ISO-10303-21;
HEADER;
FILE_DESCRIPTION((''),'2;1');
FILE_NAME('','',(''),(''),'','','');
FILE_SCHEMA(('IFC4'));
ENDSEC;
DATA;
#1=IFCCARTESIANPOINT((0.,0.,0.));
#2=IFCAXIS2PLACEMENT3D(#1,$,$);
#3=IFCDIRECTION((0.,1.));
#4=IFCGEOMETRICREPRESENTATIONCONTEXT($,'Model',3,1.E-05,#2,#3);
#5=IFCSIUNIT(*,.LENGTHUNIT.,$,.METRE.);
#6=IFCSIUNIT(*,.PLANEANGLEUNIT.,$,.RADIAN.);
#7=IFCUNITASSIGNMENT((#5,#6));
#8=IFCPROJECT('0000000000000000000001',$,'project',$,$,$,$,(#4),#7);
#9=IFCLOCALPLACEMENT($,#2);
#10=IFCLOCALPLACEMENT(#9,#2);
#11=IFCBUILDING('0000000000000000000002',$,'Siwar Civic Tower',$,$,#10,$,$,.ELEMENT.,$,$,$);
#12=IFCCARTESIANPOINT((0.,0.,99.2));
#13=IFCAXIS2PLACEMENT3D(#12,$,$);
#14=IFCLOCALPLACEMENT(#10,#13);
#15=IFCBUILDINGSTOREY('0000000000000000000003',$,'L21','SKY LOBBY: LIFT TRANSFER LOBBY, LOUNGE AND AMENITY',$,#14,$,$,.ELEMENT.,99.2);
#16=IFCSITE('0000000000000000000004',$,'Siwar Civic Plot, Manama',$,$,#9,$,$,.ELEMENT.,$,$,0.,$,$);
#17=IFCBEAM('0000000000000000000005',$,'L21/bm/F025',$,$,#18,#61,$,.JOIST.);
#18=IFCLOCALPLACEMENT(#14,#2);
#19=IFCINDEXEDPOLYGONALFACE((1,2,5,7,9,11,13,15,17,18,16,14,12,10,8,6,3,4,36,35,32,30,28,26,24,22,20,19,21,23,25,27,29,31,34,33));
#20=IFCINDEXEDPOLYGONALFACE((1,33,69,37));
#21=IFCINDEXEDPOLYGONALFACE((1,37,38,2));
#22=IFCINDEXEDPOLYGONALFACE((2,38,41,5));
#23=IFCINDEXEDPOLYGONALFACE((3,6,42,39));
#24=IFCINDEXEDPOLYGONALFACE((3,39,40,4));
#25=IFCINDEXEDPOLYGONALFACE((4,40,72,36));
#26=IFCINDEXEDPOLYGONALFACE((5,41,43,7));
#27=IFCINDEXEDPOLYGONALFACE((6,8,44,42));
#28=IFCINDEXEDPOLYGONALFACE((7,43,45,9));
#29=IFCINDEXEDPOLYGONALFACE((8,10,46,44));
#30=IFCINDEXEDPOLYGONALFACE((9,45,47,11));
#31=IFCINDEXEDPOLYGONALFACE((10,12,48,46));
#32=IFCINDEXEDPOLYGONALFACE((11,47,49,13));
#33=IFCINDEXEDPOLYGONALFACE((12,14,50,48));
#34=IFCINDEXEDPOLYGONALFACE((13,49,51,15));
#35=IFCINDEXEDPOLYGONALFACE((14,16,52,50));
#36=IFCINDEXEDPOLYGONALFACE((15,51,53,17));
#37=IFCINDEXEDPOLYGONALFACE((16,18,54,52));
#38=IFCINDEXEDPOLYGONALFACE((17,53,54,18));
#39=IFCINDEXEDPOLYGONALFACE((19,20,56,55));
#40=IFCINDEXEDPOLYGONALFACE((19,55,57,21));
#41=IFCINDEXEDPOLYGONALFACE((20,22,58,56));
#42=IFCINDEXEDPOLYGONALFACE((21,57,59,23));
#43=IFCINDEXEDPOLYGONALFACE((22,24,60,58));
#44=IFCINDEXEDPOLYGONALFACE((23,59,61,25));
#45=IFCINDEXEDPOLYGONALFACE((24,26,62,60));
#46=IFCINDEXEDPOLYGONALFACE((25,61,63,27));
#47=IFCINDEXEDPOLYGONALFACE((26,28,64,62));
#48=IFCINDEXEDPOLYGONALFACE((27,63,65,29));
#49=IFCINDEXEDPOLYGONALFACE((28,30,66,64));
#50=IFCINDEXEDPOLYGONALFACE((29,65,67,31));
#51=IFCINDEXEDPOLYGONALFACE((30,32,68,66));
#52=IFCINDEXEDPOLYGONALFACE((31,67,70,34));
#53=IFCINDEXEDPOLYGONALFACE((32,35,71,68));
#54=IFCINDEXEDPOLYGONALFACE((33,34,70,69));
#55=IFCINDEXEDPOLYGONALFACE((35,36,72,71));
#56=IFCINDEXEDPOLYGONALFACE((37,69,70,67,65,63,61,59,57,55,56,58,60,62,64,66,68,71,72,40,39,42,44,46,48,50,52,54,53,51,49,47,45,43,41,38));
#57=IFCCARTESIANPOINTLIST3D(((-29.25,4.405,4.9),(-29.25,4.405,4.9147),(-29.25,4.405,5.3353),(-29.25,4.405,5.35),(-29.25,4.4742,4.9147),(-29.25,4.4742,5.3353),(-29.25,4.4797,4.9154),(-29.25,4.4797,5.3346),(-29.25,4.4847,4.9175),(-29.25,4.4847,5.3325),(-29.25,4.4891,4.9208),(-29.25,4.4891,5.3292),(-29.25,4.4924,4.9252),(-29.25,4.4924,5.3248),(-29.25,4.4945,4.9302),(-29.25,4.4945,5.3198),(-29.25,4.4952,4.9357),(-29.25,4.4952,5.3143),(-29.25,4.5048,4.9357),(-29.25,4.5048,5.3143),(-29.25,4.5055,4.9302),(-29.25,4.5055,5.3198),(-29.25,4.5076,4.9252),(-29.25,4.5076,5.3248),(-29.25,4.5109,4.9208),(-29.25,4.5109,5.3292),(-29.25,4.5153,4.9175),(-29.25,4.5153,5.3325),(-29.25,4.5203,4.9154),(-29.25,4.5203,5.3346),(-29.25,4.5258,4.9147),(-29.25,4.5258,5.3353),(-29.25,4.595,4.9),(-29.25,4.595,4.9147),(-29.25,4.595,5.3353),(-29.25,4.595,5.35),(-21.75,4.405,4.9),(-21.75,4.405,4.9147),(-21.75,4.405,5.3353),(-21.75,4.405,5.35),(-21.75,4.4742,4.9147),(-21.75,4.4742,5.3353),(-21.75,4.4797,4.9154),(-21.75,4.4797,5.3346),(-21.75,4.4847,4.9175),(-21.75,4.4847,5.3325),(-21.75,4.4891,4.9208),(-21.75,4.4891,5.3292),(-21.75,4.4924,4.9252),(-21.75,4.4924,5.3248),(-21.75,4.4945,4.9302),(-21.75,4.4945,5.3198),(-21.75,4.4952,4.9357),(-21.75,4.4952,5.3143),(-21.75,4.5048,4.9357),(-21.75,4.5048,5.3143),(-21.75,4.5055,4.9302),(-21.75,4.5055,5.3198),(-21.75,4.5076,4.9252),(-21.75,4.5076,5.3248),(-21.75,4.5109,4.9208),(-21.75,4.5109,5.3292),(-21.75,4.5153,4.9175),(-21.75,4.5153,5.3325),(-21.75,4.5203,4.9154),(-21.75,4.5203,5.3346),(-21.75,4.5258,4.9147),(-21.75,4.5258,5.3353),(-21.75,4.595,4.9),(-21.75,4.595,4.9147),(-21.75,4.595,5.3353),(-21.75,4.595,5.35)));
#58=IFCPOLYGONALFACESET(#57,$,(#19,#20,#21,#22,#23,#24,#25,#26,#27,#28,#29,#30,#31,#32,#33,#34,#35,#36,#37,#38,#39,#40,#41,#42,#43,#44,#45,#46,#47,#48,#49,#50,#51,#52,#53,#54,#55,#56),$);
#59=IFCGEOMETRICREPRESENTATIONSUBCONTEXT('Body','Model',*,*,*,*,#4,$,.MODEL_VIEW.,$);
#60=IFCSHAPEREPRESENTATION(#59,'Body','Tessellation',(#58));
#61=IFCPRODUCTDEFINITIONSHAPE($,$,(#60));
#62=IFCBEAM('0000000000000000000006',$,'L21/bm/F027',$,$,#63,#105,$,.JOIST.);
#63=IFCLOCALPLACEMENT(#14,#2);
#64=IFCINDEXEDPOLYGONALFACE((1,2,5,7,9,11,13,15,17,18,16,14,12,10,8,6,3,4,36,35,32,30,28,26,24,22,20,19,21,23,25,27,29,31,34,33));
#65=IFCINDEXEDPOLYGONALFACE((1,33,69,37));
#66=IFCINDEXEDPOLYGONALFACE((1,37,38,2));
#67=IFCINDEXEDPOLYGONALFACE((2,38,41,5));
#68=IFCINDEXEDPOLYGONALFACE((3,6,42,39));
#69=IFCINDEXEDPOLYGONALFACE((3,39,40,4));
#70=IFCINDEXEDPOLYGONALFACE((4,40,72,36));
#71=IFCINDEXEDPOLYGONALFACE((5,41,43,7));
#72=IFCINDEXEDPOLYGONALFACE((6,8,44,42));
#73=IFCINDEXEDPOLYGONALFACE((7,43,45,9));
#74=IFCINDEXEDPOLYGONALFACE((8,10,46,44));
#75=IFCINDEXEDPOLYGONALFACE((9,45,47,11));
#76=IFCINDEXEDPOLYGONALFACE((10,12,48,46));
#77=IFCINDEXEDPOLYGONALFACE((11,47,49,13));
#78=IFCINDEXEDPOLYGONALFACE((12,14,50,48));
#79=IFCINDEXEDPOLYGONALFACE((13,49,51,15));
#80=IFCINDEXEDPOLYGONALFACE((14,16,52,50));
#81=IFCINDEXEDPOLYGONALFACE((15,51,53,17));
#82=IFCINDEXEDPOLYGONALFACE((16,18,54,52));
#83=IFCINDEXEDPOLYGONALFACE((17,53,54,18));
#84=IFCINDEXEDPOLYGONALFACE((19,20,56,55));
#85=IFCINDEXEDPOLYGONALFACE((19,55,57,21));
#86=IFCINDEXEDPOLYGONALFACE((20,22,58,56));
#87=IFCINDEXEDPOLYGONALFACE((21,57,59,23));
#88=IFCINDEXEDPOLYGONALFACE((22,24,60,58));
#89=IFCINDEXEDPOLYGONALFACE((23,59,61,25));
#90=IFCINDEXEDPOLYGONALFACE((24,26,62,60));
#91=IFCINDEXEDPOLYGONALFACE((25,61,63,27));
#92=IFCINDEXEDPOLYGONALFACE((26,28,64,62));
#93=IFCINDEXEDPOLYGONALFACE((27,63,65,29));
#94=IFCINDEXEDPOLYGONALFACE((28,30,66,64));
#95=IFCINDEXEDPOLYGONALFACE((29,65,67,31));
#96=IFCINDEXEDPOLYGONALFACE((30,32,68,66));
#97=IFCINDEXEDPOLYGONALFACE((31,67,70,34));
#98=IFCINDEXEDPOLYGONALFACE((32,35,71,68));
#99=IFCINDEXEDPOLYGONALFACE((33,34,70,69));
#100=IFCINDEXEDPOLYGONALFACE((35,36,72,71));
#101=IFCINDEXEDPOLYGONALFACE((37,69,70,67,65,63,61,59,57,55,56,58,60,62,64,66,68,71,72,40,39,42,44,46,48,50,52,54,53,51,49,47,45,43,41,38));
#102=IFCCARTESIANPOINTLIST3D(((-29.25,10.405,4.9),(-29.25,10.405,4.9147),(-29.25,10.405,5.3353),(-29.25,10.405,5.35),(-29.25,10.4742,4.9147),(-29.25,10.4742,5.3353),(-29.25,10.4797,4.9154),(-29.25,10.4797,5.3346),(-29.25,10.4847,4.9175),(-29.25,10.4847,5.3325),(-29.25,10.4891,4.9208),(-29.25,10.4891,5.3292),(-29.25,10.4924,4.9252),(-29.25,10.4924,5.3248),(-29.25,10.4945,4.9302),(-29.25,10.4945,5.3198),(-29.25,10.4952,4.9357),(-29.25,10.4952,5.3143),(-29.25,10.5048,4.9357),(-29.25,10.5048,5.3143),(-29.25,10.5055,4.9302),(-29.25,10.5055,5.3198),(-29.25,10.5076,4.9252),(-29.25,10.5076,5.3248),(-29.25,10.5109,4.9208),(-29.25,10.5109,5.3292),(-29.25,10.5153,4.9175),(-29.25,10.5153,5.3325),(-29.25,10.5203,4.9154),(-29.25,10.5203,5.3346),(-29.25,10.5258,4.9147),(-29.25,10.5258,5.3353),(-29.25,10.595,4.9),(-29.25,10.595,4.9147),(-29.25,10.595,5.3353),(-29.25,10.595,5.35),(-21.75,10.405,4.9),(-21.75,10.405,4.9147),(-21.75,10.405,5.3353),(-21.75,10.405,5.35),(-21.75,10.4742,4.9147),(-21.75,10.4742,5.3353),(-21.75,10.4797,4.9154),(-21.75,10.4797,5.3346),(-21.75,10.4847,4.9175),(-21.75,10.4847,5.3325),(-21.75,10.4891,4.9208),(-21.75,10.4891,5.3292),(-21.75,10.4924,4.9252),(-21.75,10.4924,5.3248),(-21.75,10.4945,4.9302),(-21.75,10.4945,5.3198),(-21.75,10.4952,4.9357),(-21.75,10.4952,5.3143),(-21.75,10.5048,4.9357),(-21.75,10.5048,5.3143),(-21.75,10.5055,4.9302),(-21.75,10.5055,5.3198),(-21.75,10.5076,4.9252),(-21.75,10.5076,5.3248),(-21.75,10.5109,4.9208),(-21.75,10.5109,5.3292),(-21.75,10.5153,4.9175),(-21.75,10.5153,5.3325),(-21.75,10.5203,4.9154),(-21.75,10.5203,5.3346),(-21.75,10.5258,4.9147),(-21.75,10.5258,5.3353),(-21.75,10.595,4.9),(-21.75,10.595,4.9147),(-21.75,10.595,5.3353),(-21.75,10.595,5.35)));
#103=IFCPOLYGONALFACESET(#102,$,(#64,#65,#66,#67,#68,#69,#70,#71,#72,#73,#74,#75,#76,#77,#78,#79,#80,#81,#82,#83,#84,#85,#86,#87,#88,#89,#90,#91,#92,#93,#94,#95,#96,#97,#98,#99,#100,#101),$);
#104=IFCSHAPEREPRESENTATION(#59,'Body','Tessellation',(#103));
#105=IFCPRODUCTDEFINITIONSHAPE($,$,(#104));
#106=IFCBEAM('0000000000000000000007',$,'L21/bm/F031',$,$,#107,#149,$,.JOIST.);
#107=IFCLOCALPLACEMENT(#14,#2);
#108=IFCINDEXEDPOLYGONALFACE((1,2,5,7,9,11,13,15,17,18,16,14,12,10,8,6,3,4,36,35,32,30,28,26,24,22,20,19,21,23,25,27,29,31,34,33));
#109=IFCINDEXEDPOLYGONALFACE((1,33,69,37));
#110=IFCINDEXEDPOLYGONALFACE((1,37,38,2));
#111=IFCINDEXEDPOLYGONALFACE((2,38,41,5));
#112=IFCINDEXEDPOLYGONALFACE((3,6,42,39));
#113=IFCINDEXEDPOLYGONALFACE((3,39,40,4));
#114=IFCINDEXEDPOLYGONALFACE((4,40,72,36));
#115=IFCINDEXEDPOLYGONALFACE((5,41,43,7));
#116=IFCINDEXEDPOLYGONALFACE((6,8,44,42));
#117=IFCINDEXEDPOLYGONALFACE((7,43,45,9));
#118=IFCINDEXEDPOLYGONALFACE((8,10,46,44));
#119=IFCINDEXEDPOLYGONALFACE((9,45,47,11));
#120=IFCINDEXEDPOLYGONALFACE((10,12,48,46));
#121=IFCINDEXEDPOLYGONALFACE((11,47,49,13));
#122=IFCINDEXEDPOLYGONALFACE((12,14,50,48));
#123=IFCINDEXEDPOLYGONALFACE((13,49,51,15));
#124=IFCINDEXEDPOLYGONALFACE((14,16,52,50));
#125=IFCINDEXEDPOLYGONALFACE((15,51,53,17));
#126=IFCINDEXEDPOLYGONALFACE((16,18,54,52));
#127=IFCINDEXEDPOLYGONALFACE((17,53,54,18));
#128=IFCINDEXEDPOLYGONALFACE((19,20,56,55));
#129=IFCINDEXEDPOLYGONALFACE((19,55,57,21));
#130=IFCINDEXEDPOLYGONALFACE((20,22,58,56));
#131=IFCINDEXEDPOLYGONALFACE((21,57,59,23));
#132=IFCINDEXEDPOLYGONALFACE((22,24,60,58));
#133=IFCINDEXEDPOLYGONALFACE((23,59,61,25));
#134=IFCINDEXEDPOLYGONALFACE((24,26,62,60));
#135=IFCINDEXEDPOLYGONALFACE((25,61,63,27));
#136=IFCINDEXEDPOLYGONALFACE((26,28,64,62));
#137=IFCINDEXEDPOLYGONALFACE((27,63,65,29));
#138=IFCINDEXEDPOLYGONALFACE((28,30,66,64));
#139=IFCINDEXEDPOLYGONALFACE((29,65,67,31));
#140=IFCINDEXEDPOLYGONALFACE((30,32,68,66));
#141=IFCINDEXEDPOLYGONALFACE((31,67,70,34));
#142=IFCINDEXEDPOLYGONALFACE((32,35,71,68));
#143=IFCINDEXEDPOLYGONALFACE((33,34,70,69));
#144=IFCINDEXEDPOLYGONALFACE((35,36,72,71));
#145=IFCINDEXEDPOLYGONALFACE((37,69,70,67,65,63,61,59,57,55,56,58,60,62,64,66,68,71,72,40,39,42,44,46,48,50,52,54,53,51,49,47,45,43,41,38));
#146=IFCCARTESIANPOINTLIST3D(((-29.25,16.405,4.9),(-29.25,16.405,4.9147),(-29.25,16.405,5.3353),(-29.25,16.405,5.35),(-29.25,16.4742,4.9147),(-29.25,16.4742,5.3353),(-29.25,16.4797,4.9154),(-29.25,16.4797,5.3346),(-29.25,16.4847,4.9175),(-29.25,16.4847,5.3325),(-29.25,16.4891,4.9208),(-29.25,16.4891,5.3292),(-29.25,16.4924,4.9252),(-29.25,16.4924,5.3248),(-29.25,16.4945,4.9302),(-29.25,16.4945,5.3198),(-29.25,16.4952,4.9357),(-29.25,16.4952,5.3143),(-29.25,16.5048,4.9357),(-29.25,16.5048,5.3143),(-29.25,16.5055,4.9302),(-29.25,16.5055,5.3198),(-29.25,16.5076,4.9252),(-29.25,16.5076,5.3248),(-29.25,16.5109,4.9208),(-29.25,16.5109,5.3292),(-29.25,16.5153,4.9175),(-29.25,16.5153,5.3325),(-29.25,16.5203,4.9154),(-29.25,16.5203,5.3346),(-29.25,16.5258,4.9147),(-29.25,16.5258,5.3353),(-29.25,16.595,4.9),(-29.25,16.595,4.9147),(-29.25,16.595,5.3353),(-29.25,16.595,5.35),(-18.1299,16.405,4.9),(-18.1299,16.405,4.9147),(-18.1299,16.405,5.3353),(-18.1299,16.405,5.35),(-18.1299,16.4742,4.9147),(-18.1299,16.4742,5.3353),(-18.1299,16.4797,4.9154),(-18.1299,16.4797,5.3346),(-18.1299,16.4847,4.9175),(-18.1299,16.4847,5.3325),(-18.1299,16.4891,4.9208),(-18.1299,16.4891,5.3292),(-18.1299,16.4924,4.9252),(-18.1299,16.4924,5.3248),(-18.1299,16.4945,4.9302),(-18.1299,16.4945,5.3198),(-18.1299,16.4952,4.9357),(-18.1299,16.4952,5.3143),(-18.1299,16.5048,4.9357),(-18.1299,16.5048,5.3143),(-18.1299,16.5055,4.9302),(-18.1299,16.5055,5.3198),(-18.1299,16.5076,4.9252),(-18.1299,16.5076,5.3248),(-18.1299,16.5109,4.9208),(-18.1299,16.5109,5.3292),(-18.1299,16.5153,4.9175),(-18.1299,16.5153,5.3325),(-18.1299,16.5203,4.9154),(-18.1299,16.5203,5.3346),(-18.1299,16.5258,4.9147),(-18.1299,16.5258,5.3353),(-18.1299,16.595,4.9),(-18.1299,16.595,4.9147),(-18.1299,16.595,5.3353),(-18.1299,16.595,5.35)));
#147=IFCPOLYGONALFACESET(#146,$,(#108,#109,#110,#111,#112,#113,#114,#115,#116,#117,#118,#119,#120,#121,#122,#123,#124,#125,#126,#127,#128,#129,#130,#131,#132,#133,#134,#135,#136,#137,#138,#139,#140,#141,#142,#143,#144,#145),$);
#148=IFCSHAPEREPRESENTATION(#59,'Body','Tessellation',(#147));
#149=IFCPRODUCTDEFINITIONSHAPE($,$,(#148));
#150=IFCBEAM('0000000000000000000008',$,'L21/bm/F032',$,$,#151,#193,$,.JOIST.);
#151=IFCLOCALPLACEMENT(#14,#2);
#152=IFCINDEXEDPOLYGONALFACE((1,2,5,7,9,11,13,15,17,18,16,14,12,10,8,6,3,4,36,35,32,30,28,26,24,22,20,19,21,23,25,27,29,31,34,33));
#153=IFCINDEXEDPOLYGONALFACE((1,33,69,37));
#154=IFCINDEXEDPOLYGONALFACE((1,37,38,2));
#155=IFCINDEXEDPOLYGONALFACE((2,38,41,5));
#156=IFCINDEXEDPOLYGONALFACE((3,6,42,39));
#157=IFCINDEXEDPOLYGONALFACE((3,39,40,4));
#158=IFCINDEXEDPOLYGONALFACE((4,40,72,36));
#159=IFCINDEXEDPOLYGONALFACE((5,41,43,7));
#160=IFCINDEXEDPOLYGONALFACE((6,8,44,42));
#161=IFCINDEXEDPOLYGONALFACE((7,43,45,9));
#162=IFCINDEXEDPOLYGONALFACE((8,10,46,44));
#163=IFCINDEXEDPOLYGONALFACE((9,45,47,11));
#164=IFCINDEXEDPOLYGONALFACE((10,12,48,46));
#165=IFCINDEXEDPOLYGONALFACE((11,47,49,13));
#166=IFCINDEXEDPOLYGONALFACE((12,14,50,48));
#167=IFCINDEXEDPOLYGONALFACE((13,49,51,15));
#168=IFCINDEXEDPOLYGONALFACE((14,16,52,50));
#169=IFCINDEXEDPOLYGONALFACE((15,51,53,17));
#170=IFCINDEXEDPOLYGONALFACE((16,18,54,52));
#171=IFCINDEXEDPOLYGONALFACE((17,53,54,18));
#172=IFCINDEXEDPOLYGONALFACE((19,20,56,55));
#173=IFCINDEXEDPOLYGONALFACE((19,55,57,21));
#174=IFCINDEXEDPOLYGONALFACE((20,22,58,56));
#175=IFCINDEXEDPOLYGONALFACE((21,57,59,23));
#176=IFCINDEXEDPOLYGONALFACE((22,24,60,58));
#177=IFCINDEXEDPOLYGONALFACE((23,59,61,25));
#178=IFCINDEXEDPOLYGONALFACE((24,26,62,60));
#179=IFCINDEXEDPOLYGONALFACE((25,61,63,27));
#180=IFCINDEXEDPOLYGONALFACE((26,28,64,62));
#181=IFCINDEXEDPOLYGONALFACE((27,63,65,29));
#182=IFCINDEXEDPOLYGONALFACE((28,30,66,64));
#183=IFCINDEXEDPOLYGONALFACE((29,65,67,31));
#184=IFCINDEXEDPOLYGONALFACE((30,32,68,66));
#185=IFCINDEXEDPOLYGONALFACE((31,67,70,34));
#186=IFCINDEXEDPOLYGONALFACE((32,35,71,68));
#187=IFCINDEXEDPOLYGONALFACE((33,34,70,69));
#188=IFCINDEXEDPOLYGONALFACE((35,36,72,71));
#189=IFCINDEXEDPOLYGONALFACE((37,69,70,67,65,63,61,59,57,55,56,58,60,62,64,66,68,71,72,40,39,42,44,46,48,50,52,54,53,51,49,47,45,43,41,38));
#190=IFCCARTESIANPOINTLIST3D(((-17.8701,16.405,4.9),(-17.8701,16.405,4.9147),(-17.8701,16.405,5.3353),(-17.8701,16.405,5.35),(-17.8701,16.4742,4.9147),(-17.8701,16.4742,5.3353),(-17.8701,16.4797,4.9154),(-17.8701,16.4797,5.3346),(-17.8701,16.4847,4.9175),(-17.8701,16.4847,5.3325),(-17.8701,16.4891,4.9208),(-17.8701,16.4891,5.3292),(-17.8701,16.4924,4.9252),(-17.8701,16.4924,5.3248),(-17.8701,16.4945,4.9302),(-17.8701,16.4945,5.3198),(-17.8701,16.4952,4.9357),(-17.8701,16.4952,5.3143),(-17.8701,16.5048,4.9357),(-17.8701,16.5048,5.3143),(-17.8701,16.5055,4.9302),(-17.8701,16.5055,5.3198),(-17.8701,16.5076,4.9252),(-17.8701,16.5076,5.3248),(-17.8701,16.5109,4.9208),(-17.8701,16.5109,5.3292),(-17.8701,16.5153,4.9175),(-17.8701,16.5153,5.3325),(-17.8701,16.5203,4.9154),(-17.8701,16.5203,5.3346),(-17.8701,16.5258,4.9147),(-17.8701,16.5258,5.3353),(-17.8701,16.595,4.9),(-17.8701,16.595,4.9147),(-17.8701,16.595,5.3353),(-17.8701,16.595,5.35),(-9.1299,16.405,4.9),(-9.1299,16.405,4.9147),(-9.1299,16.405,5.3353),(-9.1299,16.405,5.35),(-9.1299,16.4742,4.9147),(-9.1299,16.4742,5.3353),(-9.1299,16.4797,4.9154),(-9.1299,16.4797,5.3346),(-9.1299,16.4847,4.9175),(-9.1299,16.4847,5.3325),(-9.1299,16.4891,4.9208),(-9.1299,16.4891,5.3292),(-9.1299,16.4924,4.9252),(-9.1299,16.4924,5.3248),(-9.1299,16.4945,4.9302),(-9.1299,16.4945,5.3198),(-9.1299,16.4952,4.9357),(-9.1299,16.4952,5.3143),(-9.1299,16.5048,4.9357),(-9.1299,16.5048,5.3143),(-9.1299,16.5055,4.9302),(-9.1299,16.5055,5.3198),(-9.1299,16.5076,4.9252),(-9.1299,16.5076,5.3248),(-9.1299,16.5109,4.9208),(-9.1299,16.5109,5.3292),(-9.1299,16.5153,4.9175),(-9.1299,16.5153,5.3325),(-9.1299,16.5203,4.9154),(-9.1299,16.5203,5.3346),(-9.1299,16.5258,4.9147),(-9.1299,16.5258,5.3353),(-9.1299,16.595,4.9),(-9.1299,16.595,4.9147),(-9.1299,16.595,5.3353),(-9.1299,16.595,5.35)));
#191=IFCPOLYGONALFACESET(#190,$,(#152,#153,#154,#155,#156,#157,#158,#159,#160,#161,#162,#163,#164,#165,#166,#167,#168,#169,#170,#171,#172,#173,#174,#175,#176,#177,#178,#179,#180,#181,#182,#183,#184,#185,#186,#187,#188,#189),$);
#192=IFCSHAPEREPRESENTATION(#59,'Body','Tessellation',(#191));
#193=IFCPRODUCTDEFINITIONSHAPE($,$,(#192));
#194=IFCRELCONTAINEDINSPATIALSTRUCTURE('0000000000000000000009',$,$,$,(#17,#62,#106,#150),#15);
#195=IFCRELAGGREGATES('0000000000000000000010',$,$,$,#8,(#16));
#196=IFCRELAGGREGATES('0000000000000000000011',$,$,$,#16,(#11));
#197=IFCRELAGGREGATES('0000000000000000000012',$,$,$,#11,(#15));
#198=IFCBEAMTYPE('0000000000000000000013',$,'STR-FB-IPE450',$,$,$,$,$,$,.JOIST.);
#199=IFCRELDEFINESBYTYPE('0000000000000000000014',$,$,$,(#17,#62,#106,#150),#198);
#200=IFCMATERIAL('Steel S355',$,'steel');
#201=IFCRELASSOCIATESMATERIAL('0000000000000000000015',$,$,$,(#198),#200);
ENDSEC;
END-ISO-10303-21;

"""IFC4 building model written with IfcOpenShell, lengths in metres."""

from ifc_helpers import new_model, si_unit, direction, frame, origin, origin_2d, place, context, subcontext, project, spatial, i_section, extrude, material, material_profile, profile_set, type_object, element, save


model = new_model("IFC4")

# Units and contexts
model_context = context("Model", 3, precision=1e-05, world=origin(), true_north=direction((0.0, 1.0)))
body_context = subcontext(model_context, "Body", "Model", "MODEL_VIEW")
ifc_project = project(units=[si_unit("LENGTHUNIT", "METRE"), si_unit("PLANEANGLEUNIT", "RADIAN")], contexts=[model_context])

# Site, building, storey
site_placement = place(None, origin())
site = spatial("IfcSite", under=ifc_project, at=site_placement, Name="Siwar Civic Plot, Manama", CompositionType="ELEMENT", RefElevation=0.0)
building_placement = place(site_placement, origin())
building = spatial("IfcBuilding", under=site, at=building_placement, Name="Siwar Civic Tower", CompositionType="ELEMENT")
storey_placement = place(building_placement, frame((0.0, 0.0, 99.2)))
storey = spatial("IfcBuildingStorey", under=building, at=storey_placement, Name="L21", Description="SKY LOBBY: LIFT TRANSFER LOBBY, LOUNGE AND AMENITY", CompositionType="ELEMENT", Elevation=99.2)

# Beams
ifc_material_1 = material(Name="Steel S355", Category="steel")
ifc_material_profile_1 = material_profile(ifc_material_1, i_section(OverallWidth=0.1899, OverallDepth=0.45, WebThickness=0.0095, FlangeThickness=0.0146, FilletRadius=0.021, at=origin_2d()), Name="IPE450")
ifc_profile_set_1 = profile_set([ifc_material_profile_1], Name="Steel S355")
beam_type_1 = type_object("IfcBeamType", Name="STR-FB-IPE450", PredefinedType="JOIST", material=ifc_profile_set_1)
for number, where, z_axis, x_axis, name in (
    (1, (-29.25, 4.5, 5.125), (1.0, 0.0, 0.0), (0.0, 1.0, 0.0), "L21/bm/F025"),
    (2, (-29.25, 10.5, 5.125), (1.0, 0.0, 0.0), (0.0, 1.0, 0.0), "L21/bm/F027"),
):
    element("IfcBeam", number, at=place(storey_placement, frame(where, z_axis=z_axis, x_axis=x_axis)), inside=storey, type_object=beam_type_1, Name=name, PredefinedType="JOIST", context=body_context, shape_type="SweptSolid", body=[
        extrude(i_section(OverallWidth=0.1899, OverallDepth=0.45, WebThickness=0.0095, FlangeThickness=0.0146, FilletRadius=0.021, at=origin_2d()), origin(), (0.0, 0.0, 1.0), 7.5),
    ])
beam_1_placement = place(storey_placement, frame((-29.25, 16.5, 5.125), z_axis=(1.0, 0.0, 0.0), x_axis=(0.0, 1.0, 0.0)))
element("IfcBeam", 3, at=beam_1_placement, inside=storey, type_object=beam_type_1, Name="L21/bm/F031", PredefinedType="JOIST", context=body_context, shape_type="SweptSolid", body=[
    extrude(i_section(OverallWidth=0.1899, OverallDepth=0.45, WebThickness=0.0095, FlangeThickness=0.0146, FilletRadius=0.021, at=origin_2d()), origin(), (0.0, 0.0, 1.0), 11.1201),
])
beam_2_placement = place(storey_placement, frame((-17.8701, 16.5, 5.125), z_axis=(1.0, 0.0, 0.0), x_axis=(0.0, 1.0, 0.0)))
element("IfcBeam", 4, at=beam_2_placement, inside=storey, type_object=beam_type_1, Name="L21/bm/F032", PredefinedType="JOIST", context=body_context, shape_type="SweptSolid", body=[
    extrude(i_section(OverallWidth=0.1899, OverallDepth=0.45, WebThickness=0.0095, FlangeThickness=0.0146, FilletRadius=0.021, at=origin_2d()), origin(), (0.0, 0.0, 1.0), 8.7402),
])

save(model, "model.ifc")
